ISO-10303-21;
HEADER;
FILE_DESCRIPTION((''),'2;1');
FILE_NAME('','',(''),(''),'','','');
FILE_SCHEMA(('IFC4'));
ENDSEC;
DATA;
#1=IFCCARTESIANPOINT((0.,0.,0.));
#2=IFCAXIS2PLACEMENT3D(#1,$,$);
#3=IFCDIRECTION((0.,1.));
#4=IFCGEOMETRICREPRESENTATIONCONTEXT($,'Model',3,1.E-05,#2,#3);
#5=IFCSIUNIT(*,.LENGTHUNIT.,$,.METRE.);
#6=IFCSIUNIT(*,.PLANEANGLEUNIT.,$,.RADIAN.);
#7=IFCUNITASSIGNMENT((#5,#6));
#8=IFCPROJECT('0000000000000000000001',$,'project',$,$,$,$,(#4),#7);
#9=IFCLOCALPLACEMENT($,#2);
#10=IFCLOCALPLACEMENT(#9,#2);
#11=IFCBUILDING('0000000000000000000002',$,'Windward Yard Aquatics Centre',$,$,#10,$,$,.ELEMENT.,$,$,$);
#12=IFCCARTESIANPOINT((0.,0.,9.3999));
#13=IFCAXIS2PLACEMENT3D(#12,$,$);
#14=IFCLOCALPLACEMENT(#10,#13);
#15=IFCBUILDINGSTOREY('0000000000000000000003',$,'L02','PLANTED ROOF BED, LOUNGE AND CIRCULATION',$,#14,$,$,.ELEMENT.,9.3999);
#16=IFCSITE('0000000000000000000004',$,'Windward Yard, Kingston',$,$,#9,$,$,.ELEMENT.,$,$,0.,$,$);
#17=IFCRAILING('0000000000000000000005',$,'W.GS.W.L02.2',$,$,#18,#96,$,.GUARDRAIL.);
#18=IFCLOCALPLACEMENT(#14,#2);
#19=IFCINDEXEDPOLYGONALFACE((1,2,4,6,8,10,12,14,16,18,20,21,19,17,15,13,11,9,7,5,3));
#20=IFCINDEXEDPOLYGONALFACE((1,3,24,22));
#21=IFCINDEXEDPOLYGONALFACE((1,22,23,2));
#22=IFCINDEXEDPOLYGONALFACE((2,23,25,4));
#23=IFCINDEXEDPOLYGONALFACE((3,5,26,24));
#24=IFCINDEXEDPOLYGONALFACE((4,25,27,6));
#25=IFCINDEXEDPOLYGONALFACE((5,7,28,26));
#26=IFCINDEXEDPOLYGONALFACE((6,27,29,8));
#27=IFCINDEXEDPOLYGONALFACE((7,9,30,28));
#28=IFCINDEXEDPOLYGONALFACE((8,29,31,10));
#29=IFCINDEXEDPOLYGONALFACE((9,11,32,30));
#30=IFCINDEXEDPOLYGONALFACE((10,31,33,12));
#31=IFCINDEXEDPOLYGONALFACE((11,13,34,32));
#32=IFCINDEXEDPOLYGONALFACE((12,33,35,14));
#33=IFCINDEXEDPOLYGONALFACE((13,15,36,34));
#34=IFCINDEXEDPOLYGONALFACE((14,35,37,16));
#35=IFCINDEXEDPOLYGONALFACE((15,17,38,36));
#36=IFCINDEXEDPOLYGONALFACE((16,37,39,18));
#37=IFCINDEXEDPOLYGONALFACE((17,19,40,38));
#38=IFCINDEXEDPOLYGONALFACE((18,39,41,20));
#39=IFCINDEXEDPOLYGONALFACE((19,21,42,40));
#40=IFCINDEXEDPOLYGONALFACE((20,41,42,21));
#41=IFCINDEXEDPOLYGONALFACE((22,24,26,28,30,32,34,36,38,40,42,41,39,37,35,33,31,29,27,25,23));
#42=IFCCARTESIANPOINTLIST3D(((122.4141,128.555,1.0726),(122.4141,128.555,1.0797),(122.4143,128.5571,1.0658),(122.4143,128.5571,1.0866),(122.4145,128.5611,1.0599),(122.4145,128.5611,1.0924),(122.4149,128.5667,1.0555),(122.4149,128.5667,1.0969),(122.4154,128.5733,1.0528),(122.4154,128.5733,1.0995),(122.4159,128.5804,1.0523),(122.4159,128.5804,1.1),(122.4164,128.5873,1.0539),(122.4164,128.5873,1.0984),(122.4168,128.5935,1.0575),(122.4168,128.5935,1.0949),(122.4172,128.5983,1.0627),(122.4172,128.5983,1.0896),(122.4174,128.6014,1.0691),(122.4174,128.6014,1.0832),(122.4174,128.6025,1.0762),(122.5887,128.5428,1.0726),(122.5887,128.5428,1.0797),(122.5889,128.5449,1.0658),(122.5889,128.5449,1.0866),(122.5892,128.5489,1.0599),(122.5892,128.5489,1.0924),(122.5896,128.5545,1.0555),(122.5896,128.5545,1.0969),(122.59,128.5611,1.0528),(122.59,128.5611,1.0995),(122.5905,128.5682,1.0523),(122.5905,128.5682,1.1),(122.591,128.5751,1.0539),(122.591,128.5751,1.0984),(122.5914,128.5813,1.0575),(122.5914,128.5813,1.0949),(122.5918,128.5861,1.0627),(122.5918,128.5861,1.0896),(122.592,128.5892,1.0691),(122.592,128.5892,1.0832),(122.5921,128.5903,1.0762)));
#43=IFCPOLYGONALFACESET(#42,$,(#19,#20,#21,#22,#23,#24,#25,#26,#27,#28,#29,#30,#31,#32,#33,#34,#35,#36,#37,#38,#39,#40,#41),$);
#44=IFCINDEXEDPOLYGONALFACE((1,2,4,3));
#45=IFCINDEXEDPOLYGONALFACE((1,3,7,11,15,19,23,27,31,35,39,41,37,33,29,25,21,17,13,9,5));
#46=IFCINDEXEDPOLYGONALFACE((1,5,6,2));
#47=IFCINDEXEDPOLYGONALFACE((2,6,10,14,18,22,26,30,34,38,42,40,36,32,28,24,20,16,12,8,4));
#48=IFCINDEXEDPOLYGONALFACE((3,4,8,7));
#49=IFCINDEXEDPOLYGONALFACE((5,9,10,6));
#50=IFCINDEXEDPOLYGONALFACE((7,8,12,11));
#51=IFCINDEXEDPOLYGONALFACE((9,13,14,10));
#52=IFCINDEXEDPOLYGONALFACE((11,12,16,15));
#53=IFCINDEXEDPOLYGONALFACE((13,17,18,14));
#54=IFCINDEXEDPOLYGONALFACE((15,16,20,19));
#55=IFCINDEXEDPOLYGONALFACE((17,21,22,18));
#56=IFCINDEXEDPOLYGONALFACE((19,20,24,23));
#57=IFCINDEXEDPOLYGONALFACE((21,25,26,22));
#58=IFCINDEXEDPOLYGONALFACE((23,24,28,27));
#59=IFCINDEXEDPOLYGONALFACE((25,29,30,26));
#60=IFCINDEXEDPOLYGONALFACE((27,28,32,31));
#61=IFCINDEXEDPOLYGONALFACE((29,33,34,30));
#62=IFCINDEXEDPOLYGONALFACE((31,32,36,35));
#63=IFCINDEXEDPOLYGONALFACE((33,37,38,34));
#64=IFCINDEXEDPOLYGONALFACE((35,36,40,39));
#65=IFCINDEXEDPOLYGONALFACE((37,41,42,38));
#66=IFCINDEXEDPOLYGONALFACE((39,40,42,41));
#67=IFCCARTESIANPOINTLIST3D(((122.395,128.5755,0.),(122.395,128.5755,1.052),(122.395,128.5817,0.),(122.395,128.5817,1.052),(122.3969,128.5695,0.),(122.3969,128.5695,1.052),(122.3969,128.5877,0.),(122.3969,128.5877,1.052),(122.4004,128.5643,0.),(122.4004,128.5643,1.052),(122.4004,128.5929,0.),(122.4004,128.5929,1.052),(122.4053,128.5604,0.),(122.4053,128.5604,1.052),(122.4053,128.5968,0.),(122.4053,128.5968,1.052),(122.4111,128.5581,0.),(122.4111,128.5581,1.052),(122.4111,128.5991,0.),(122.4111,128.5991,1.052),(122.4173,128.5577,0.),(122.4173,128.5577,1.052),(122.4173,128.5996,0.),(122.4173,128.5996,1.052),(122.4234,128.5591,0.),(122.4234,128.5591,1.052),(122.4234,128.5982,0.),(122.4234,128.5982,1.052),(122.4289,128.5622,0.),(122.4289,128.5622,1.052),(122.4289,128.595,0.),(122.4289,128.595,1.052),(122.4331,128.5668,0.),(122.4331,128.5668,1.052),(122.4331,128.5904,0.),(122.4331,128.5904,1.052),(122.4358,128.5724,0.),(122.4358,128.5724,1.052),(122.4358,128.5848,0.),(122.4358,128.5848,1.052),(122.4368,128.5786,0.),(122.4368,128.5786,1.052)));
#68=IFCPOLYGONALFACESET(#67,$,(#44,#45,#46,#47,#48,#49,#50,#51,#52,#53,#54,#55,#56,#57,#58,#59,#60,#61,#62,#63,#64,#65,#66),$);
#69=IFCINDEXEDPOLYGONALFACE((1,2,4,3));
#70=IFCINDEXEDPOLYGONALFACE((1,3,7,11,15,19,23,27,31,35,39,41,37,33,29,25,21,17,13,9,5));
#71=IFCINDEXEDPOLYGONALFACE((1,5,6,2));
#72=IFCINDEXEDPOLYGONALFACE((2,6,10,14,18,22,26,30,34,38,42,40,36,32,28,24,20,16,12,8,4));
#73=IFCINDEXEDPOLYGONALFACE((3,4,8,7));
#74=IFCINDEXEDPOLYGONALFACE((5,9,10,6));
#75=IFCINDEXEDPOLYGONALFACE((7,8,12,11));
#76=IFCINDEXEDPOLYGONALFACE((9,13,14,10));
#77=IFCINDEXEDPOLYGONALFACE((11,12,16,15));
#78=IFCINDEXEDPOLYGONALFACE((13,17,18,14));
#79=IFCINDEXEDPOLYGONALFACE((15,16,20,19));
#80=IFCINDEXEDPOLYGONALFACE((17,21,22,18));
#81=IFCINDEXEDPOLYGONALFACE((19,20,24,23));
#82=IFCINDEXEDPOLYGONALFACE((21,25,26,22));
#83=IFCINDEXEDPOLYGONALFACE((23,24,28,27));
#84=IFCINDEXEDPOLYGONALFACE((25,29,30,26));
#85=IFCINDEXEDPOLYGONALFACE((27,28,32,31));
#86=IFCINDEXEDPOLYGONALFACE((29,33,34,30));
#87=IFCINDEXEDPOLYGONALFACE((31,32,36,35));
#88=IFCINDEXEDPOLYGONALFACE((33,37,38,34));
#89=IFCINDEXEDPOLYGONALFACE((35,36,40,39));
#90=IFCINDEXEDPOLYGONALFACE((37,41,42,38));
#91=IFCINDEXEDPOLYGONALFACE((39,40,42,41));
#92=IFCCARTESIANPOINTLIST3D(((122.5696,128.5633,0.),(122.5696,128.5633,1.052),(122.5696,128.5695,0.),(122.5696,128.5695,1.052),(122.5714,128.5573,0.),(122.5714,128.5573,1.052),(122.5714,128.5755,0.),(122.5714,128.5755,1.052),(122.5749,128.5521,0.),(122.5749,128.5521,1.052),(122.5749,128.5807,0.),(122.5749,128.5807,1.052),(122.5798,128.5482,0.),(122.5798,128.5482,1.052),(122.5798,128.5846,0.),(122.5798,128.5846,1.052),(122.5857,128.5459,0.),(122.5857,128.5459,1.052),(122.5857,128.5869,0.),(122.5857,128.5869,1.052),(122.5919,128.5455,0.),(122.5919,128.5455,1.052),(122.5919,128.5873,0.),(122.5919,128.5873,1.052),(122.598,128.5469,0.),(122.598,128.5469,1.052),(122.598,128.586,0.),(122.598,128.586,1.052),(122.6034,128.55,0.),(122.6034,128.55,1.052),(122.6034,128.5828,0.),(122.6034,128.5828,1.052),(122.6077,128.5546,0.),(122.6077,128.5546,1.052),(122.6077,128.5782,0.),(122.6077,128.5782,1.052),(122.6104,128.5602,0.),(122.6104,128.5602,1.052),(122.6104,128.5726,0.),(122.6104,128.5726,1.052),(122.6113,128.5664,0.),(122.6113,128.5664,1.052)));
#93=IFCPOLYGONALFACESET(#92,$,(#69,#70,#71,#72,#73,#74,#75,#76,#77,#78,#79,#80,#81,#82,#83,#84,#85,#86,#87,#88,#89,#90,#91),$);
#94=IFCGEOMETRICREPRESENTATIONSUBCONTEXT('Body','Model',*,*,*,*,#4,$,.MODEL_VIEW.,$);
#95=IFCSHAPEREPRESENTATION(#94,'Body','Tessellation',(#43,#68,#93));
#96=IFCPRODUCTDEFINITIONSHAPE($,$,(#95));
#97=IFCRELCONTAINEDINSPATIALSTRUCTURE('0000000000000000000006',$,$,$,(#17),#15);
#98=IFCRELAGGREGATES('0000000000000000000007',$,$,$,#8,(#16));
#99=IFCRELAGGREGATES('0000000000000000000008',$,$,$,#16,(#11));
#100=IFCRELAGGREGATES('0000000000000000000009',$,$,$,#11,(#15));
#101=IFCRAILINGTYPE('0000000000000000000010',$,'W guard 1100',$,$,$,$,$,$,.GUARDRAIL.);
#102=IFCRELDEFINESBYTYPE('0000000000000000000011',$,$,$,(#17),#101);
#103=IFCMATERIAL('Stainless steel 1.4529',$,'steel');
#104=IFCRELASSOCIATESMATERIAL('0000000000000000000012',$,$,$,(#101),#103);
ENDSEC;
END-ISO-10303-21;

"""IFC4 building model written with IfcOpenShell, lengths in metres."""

from ifc_helpers import new_model, si_unit, direction, frame, origin, origin_2d, place, context, subcontext, project, spatial, circle, extrude, material, type_object, element, save


model = new_model("IFC4")

# Units and contexts
model_context = context("Model", 3, precision=1e-05, world=origin(), true_north=direction((0.0, 1.0)))
body_context = subcontext(model_context, "Body", "Model", "MODEL_VIEW")
ifc_project = project(units=[si_unit("LENGTHUNIT", "METRE"), si_unit("PLANEANGLEUNIT", "RADIAN")], contexts=[model_context])

# Site, building, storey
site_placement = place(None, origin())
site = spatial("IfcSite", under=ifc_project, at=site_placement, Name="Windward Yard, Kingston", CompositionType="ELEMENT", RefElevation=0.0)
building_placement = place(site_placement, origin())
building = spatial("IfcBuilding", under=site, at=building_placement, Name="Windward Yard Aquatics Centre", CompositionType="ELEMENT")
storey_placement = place(building_placement, frame((0.0, 0.0, 9.3999)))
storey = spatial("IfcBuildingStorey", under=building, at=storey_placement, Name="L02", Description="PLANTED ROOF BED, LOUNGE AND CIRCULATION", CompositionType="ELEMENT", Elevation=9.3999)

# Railing
ifc_material_1 = material(Name="Stainless steel 1.4529", Category="steel")
railing_type_1 = type_object("IfcRailingType", Name="W guard 1100", PredefinedType="GUARDRAIL", material=ifc_material_1)
railing_1_placement = place(storey_placement, frame((122.4158, 128.5786, 0.0)))
element("IfcRailing", 1, at=railing_1_placement, inside=storey, type_object=railing_type_1, Name="W.GS.W.L02.2", PredefinedType="GUARDRAIL", context=body_context, shape_type="SweptSolid", body=[
    extrude(circle(Radius=0.0239, at=origin_2d()), frame((0.0, 0.0, 1.0762), z_axis=(0.997564, -0.06976, 0.0), x_axis=(0.06976, 0.997564, 0.0)), (0.0, 0.0, 1.0), 0.175),
    extrude(circle(Radius=0.021, at=origin_2d()), origin(), (0.0, 0.0, 1.0), 1.052),
    extrude(circle(Radius=0.021, at=origin_2d()), frame((0.1746, -0.0122, 0.0)), (0.0, 0.0, 1.0), 1.052),
])

save(model, "model.ifc")
